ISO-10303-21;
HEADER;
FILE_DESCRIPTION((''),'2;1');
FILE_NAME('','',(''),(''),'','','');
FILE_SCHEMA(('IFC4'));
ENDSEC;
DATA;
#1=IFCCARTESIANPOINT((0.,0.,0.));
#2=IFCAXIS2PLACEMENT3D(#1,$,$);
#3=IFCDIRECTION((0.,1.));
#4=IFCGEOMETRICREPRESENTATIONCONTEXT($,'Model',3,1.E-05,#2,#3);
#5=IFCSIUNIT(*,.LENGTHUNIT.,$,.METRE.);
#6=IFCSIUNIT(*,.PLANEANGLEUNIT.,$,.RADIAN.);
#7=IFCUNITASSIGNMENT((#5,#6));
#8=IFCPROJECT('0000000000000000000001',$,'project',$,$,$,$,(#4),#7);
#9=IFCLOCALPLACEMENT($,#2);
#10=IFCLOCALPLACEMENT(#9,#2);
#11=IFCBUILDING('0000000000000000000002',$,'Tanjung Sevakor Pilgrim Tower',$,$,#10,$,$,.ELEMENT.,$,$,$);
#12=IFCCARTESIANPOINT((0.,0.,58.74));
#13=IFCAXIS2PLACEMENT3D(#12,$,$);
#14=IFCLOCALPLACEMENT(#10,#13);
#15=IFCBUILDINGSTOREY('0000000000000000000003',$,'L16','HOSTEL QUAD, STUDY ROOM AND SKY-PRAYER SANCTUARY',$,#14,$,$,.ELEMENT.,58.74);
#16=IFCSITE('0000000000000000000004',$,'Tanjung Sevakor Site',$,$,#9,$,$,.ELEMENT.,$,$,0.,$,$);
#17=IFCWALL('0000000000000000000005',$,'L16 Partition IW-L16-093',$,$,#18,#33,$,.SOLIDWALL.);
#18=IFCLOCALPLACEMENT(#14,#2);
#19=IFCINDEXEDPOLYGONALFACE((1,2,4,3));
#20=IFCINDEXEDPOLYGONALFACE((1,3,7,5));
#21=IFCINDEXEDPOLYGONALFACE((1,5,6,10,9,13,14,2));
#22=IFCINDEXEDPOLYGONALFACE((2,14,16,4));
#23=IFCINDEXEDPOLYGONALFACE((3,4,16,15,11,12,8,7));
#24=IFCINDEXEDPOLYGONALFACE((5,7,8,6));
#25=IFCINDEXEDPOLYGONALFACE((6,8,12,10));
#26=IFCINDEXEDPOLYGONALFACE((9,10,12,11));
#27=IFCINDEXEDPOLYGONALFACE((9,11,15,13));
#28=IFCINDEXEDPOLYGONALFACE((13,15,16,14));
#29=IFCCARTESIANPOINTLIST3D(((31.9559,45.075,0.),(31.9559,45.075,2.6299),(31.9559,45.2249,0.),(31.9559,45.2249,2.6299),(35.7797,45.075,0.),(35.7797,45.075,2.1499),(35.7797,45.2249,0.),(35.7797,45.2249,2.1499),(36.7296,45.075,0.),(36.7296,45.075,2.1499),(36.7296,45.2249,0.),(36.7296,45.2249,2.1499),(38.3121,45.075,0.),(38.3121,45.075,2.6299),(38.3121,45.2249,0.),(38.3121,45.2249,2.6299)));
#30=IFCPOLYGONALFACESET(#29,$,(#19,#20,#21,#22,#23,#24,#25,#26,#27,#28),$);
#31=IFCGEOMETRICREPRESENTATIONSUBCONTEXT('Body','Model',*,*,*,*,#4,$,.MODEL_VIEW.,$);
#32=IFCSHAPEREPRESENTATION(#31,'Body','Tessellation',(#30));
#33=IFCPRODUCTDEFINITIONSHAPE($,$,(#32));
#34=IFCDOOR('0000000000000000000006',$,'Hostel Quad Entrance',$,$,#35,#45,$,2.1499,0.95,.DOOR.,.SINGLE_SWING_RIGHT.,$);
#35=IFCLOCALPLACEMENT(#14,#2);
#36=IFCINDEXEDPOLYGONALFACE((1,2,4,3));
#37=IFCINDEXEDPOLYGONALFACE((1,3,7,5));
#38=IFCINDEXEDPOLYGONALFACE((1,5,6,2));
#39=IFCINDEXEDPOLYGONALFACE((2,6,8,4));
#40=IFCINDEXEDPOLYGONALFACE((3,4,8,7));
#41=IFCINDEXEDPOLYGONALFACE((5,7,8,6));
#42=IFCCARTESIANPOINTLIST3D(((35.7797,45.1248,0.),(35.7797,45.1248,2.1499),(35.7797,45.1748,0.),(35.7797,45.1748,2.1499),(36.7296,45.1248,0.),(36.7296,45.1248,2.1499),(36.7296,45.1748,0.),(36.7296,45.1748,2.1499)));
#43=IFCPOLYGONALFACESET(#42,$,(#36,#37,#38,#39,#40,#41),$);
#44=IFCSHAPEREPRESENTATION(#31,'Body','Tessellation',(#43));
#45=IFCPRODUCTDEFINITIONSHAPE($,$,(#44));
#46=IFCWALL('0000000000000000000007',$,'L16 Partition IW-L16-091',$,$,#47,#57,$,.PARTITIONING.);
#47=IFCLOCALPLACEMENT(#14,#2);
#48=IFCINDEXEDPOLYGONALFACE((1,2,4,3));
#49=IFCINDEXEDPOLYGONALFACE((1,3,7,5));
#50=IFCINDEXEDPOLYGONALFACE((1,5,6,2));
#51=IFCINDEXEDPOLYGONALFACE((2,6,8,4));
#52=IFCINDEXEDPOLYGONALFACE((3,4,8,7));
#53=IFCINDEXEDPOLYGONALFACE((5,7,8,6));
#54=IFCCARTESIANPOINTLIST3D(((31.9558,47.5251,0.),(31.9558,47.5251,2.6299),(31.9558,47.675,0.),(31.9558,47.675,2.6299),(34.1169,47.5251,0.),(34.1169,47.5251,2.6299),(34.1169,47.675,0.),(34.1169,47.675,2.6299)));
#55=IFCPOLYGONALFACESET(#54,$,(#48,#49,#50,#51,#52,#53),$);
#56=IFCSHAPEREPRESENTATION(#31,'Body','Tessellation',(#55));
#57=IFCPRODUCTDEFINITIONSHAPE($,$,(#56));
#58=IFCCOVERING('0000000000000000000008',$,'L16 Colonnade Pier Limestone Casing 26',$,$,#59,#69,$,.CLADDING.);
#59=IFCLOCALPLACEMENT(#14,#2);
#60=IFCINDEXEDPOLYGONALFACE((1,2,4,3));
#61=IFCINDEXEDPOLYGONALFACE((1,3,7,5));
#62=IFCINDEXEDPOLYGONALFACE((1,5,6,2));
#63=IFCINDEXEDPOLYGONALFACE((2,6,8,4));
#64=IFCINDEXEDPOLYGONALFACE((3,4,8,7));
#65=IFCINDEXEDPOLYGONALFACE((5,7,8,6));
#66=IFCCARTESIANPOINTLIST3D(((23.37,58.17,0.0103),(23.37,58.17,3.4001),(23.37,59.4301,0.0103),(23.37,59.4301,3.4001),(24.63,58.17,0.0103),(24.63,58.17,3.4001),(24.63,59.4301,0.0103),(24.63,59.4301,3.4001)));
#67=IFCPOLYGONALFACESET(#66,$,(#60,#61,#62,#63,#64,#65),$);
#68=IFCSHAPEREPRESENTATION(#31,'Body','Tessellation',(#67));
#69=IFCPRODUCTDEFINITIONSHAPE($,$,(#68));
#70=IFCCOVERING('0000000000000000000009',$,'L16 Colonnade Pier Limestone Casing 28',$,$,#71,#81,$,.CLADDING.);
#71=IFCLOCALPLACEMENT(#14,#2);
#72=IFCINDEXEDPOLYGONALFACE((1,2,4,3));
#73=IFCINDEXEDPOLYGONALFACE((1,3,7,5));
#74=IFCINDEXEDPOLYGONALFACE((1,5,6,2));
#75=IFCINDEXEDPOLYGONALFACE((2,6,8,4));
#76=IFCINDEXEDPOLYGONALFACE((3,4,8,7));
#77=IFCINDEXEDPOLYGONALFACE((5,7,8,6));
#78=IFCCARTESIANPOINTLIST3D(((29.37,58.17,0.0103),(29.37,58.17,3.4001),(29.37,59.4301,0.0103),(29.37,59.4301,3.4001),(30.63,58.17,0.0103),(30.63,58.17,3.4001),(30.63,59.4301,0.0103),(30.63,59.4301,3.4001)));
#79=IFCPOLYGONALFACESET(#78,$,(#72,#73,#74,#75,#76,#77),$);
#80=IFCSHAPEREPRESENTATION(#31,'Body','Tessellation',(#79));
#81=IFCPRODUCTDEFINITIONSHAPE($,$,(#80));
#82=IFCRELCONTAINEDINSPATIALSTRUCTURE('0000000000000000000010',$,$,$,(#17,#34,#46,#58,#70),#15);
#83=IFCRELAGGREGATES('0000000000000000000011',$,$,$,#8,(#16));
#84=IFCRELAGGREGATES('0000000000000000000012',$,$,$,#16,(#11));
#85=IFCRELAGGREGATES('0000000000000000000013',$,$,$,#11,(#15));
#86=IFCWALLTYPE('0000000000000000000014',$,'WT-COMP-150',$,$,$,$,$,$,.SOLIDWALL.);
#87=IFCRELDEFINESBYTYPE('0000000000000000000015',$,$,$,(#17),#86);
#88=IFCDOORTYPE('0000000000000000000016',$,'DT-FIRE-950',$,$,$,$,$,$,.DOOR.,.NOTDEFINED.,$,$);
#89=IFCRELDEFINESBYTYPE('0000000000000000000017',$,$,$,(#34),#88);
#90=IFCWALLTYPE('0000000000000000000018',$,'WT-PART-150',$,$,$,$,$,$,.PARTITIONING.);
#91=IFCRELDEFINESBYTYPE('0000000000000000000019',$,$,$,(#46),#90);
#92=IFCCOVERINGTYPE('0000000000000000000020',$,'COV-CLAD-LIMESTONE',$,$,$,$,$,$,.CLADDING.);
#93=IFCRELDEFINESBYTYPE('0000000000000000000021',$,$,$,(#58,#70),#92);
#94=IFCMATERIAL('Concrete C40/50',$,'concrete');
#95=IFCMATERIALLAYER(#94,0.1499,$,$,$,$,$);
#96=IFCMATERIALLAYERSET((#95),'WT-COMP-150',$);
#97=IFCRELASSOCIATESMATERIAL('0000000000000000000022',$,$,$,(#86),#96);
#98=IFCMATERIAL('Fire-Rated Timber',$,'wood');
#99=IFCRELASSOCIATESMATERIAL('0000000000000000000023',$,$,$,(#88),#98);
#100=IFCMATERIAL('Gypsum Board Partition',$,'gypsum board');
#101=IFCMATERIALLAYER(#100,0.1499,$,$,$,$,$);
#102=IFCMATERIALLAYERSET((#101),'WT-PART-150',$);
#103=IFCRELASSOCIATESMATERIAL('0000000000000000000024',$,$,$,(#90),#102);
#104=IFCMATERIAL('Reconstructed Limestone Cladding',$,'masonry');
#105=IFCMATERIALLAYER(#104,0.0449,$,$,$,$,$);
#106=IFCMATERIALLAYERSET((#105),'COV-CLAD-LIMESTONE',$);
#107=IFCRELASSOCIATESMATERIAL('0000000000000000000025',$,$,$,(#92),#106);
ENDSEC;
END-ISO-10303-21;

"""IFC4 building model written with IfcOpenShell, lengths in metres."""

from ifc_helpers import new_model, si_unit, direction, frame, frame_2d, origin, origin_2d, place, context, subcontext, project, spatial, rectangle, extrude, material, layer, layer_set, type_object, element, fill, save


model = new_model("IFC4")

# Units and contexts
model_context = context("Model", 3, precision=1e-05, world=origin(), true_north=direction((0.0, 1.0)))
body_context = subcontext(model_context, "Body", "Model", "MODEL_VIEW")
ifc_project = project(units=[si_unit("LENGTHUNIT", "METRE"), si_unit("PLANEANGLEUNIT", "RADIAN")], contexts=[model_context])

# Site, building, storey
site_placement = place(None, origin())
site = spatial("IfcSite", under=ifc_project, at=site_placement, Name="Tanjung Sevakor Site", CompositionType="ELEMENT", RefElevation=0.0)
building_placement = place(site_placement, origin())
building = spatial("IfcBuilding", under=site, at=building_placement, Name="Tanjung Sevakor Pilgrim Tower", CompositionType="ELEMENT")
storey_placement = place(building_placement, frame((0.0, 0.0, 58.74)))
storey = spatial("IfcBuildingStorey", under=building, at=storey_placement, Name="L16", Description="HOSTEL QUAD, STUDY ROOM AND SKY-PRAYER SANCTUARY", CompositionType="ELEMENT", Elevation=58.74)

# Shared definitions
ifc_material_1 = material(Name="Concrete C40/50", Category="concrete")
ifc_layer_1 = layer(ifc_material_1, 0.1499)
ifc_layer_set_1 = layer_set([ifc_layer_1], Name="WT-COMP-150")
wall_type_1 = type_object("IfcWallType", Name="WT-COMP-150", PredefinedType="SOLIDWALL", material=ifc_layer_set_1)

# Wall, opening, door
wall_1_placement = place(storey_placement, frame((31.9558, 45.1499, 0.0), z_axis=(0.0, 0.0, 1.0), x_axis=(1.0, 0.0, 0.0)))
wall_1 = element("IfcWall", 1, at=wall_1_placement, inside=storey, type_object=wall_type_1, Name="L16 Partition IW-L16-093", PredefinedType="SOLIDWALL", context=body_context, shape_type="SweptSolid", body=[
    extrude(rectangle(XDim=6.3562, YDim=0.1499, at=frame_2d((3.1782, 0.0))), origin(), (0.0, 0.0, 1.0), 2.6299),
])
opening_1_placement = place(wall_1_placement, frame((3.8237, 0.0, 0.0)))
opening_1 = element("IfcOpeningElement", 2, at=opening_1_placement, cuts=wall_1, PredefinedType="OPENING", context=body_context, shape_type="SweptSolid", body=[
    extrude(rectangle(XDim=0.95, YDim=2.1499, at=frame_2d((0.4751, 1.075))), frame((0.0, 0.085, 0.0), z_axis=(0.0, -1.0, 0.0), x_axis=(1.0, 0.0, 0.0)), (0.0, 0.0, 1.0), 0.1699),
])
ifc_material_2 = material(Name="Fire-Rated Timber", Category="wood")
door_type_1 = type_object("IfcDoorType", Name="DT-FIRE-950", OperationType="NOTDEFINED", PredefinedType="DOOR", material=ifc_material_2)
door_1_placement = place(opening_1_placement, origin())
door_1 = element("IfcDoor", 3, at=door_1_placement, inside=storey, type_object=door_type_1, Name="Hostel Quad Entrance", OperationType="SINGLE_SWING_RIGHT", OverallHeight=2.1499, OverallWidth=0.95, PredefinedType="DOOR", context=body_context, shape_type="SweptSolid", body=[
    extrude(rectangle(XDim=0.95, YDim=2.1499, at=frame_2d((0.4751, 1.075))), frame((0.0, 0.0249, 0.0), z_axis=(0.0, -1.0, 0.0), x_axis=(1.0, 0.0, 0.0)), (0.0, 0.0, 1.0), 0.05),
])
fill(opening_1, door_1)

# Wall
ifc_material_3 = material(Name="Gypsum Board Partition", Category="gypsum board")
ifc_layer_2 = layer(ifc_material_3, 0.1499)
ifc_layer_set_2 = layer_set([ifc_layer_2], Name="WT-PART-150")
wall_type_2 = type_object("IfcWallType", Name="WT-PART-150", PredefinedType="PARTITIONING", material=ifc_layer_set_2)
wall_2_placement = place(storey_placement, frame((31.9558, 47.6001, 0.0), z_axis=(0.0, 0.0, 1.0), x_axis=(1.0, 0.0, 0.0)))
element("IfcWall", 4, at=wall_2_placement, inside=storey, type_object=wall_type_2, Name="L16 Partition IW-L16-091", PredefinedType="PARTITIONING", context=body_context, shape_type="SweptSolid", body=[
    extrude(rectangle(XDim=2.1611, YDim=0.1499, at=frame_2d((1.0806, 0.0))), origin(), (0.0, 0.0, 1.0), 2.6299),
])

# Coverings
ifc_material_4 = material(Name="Reconstructed Limestone Cladding", Category="masonry")
ifc_layer_3 = layer(ifc_material_4, 0.0449)
ifc_layer_set_3 = layer_set([ifc_layer_3], Name="COV-CLAD-LIMESTONE")
covering_type = type_object("IfcCoveringType", Name="COV-CLAD-LIMESTONE", PredefinedType="CLADDING", material=ifc_layer_set_3)
for number, where, z_axis, x_axis, name in (
    (5, (24.0, 58.8, 0.0103), (0.0, 0.0, 1.0), (1.0, 0.0, 0.0), "L16 Colonnade Pier Limestone Casing 26"),
    (6, (30.0, 58.8, 0.0103), (0.0, 0.0, 1.0), (1.0, 0.0, 0.0), "L16 Colonnade Pier Limestone Casing 28"),
):
    element("IfcCovering", number, at=place(storey_placement, frame(where, z_axis=z_axis, x_axis=x_axis)), inside=storey, type_object=covering_type, Name=name, PredefinedType="CLADDING", context=body_context, shape_type="SweptSolid", body=[
        extrude(rectangle(XDim=1.26, YDim=1.26, at=origin_2d()), origin(), (0.0, 0.0, 1.0), 3.3899),
    ])

save(model, "model.ifc")
